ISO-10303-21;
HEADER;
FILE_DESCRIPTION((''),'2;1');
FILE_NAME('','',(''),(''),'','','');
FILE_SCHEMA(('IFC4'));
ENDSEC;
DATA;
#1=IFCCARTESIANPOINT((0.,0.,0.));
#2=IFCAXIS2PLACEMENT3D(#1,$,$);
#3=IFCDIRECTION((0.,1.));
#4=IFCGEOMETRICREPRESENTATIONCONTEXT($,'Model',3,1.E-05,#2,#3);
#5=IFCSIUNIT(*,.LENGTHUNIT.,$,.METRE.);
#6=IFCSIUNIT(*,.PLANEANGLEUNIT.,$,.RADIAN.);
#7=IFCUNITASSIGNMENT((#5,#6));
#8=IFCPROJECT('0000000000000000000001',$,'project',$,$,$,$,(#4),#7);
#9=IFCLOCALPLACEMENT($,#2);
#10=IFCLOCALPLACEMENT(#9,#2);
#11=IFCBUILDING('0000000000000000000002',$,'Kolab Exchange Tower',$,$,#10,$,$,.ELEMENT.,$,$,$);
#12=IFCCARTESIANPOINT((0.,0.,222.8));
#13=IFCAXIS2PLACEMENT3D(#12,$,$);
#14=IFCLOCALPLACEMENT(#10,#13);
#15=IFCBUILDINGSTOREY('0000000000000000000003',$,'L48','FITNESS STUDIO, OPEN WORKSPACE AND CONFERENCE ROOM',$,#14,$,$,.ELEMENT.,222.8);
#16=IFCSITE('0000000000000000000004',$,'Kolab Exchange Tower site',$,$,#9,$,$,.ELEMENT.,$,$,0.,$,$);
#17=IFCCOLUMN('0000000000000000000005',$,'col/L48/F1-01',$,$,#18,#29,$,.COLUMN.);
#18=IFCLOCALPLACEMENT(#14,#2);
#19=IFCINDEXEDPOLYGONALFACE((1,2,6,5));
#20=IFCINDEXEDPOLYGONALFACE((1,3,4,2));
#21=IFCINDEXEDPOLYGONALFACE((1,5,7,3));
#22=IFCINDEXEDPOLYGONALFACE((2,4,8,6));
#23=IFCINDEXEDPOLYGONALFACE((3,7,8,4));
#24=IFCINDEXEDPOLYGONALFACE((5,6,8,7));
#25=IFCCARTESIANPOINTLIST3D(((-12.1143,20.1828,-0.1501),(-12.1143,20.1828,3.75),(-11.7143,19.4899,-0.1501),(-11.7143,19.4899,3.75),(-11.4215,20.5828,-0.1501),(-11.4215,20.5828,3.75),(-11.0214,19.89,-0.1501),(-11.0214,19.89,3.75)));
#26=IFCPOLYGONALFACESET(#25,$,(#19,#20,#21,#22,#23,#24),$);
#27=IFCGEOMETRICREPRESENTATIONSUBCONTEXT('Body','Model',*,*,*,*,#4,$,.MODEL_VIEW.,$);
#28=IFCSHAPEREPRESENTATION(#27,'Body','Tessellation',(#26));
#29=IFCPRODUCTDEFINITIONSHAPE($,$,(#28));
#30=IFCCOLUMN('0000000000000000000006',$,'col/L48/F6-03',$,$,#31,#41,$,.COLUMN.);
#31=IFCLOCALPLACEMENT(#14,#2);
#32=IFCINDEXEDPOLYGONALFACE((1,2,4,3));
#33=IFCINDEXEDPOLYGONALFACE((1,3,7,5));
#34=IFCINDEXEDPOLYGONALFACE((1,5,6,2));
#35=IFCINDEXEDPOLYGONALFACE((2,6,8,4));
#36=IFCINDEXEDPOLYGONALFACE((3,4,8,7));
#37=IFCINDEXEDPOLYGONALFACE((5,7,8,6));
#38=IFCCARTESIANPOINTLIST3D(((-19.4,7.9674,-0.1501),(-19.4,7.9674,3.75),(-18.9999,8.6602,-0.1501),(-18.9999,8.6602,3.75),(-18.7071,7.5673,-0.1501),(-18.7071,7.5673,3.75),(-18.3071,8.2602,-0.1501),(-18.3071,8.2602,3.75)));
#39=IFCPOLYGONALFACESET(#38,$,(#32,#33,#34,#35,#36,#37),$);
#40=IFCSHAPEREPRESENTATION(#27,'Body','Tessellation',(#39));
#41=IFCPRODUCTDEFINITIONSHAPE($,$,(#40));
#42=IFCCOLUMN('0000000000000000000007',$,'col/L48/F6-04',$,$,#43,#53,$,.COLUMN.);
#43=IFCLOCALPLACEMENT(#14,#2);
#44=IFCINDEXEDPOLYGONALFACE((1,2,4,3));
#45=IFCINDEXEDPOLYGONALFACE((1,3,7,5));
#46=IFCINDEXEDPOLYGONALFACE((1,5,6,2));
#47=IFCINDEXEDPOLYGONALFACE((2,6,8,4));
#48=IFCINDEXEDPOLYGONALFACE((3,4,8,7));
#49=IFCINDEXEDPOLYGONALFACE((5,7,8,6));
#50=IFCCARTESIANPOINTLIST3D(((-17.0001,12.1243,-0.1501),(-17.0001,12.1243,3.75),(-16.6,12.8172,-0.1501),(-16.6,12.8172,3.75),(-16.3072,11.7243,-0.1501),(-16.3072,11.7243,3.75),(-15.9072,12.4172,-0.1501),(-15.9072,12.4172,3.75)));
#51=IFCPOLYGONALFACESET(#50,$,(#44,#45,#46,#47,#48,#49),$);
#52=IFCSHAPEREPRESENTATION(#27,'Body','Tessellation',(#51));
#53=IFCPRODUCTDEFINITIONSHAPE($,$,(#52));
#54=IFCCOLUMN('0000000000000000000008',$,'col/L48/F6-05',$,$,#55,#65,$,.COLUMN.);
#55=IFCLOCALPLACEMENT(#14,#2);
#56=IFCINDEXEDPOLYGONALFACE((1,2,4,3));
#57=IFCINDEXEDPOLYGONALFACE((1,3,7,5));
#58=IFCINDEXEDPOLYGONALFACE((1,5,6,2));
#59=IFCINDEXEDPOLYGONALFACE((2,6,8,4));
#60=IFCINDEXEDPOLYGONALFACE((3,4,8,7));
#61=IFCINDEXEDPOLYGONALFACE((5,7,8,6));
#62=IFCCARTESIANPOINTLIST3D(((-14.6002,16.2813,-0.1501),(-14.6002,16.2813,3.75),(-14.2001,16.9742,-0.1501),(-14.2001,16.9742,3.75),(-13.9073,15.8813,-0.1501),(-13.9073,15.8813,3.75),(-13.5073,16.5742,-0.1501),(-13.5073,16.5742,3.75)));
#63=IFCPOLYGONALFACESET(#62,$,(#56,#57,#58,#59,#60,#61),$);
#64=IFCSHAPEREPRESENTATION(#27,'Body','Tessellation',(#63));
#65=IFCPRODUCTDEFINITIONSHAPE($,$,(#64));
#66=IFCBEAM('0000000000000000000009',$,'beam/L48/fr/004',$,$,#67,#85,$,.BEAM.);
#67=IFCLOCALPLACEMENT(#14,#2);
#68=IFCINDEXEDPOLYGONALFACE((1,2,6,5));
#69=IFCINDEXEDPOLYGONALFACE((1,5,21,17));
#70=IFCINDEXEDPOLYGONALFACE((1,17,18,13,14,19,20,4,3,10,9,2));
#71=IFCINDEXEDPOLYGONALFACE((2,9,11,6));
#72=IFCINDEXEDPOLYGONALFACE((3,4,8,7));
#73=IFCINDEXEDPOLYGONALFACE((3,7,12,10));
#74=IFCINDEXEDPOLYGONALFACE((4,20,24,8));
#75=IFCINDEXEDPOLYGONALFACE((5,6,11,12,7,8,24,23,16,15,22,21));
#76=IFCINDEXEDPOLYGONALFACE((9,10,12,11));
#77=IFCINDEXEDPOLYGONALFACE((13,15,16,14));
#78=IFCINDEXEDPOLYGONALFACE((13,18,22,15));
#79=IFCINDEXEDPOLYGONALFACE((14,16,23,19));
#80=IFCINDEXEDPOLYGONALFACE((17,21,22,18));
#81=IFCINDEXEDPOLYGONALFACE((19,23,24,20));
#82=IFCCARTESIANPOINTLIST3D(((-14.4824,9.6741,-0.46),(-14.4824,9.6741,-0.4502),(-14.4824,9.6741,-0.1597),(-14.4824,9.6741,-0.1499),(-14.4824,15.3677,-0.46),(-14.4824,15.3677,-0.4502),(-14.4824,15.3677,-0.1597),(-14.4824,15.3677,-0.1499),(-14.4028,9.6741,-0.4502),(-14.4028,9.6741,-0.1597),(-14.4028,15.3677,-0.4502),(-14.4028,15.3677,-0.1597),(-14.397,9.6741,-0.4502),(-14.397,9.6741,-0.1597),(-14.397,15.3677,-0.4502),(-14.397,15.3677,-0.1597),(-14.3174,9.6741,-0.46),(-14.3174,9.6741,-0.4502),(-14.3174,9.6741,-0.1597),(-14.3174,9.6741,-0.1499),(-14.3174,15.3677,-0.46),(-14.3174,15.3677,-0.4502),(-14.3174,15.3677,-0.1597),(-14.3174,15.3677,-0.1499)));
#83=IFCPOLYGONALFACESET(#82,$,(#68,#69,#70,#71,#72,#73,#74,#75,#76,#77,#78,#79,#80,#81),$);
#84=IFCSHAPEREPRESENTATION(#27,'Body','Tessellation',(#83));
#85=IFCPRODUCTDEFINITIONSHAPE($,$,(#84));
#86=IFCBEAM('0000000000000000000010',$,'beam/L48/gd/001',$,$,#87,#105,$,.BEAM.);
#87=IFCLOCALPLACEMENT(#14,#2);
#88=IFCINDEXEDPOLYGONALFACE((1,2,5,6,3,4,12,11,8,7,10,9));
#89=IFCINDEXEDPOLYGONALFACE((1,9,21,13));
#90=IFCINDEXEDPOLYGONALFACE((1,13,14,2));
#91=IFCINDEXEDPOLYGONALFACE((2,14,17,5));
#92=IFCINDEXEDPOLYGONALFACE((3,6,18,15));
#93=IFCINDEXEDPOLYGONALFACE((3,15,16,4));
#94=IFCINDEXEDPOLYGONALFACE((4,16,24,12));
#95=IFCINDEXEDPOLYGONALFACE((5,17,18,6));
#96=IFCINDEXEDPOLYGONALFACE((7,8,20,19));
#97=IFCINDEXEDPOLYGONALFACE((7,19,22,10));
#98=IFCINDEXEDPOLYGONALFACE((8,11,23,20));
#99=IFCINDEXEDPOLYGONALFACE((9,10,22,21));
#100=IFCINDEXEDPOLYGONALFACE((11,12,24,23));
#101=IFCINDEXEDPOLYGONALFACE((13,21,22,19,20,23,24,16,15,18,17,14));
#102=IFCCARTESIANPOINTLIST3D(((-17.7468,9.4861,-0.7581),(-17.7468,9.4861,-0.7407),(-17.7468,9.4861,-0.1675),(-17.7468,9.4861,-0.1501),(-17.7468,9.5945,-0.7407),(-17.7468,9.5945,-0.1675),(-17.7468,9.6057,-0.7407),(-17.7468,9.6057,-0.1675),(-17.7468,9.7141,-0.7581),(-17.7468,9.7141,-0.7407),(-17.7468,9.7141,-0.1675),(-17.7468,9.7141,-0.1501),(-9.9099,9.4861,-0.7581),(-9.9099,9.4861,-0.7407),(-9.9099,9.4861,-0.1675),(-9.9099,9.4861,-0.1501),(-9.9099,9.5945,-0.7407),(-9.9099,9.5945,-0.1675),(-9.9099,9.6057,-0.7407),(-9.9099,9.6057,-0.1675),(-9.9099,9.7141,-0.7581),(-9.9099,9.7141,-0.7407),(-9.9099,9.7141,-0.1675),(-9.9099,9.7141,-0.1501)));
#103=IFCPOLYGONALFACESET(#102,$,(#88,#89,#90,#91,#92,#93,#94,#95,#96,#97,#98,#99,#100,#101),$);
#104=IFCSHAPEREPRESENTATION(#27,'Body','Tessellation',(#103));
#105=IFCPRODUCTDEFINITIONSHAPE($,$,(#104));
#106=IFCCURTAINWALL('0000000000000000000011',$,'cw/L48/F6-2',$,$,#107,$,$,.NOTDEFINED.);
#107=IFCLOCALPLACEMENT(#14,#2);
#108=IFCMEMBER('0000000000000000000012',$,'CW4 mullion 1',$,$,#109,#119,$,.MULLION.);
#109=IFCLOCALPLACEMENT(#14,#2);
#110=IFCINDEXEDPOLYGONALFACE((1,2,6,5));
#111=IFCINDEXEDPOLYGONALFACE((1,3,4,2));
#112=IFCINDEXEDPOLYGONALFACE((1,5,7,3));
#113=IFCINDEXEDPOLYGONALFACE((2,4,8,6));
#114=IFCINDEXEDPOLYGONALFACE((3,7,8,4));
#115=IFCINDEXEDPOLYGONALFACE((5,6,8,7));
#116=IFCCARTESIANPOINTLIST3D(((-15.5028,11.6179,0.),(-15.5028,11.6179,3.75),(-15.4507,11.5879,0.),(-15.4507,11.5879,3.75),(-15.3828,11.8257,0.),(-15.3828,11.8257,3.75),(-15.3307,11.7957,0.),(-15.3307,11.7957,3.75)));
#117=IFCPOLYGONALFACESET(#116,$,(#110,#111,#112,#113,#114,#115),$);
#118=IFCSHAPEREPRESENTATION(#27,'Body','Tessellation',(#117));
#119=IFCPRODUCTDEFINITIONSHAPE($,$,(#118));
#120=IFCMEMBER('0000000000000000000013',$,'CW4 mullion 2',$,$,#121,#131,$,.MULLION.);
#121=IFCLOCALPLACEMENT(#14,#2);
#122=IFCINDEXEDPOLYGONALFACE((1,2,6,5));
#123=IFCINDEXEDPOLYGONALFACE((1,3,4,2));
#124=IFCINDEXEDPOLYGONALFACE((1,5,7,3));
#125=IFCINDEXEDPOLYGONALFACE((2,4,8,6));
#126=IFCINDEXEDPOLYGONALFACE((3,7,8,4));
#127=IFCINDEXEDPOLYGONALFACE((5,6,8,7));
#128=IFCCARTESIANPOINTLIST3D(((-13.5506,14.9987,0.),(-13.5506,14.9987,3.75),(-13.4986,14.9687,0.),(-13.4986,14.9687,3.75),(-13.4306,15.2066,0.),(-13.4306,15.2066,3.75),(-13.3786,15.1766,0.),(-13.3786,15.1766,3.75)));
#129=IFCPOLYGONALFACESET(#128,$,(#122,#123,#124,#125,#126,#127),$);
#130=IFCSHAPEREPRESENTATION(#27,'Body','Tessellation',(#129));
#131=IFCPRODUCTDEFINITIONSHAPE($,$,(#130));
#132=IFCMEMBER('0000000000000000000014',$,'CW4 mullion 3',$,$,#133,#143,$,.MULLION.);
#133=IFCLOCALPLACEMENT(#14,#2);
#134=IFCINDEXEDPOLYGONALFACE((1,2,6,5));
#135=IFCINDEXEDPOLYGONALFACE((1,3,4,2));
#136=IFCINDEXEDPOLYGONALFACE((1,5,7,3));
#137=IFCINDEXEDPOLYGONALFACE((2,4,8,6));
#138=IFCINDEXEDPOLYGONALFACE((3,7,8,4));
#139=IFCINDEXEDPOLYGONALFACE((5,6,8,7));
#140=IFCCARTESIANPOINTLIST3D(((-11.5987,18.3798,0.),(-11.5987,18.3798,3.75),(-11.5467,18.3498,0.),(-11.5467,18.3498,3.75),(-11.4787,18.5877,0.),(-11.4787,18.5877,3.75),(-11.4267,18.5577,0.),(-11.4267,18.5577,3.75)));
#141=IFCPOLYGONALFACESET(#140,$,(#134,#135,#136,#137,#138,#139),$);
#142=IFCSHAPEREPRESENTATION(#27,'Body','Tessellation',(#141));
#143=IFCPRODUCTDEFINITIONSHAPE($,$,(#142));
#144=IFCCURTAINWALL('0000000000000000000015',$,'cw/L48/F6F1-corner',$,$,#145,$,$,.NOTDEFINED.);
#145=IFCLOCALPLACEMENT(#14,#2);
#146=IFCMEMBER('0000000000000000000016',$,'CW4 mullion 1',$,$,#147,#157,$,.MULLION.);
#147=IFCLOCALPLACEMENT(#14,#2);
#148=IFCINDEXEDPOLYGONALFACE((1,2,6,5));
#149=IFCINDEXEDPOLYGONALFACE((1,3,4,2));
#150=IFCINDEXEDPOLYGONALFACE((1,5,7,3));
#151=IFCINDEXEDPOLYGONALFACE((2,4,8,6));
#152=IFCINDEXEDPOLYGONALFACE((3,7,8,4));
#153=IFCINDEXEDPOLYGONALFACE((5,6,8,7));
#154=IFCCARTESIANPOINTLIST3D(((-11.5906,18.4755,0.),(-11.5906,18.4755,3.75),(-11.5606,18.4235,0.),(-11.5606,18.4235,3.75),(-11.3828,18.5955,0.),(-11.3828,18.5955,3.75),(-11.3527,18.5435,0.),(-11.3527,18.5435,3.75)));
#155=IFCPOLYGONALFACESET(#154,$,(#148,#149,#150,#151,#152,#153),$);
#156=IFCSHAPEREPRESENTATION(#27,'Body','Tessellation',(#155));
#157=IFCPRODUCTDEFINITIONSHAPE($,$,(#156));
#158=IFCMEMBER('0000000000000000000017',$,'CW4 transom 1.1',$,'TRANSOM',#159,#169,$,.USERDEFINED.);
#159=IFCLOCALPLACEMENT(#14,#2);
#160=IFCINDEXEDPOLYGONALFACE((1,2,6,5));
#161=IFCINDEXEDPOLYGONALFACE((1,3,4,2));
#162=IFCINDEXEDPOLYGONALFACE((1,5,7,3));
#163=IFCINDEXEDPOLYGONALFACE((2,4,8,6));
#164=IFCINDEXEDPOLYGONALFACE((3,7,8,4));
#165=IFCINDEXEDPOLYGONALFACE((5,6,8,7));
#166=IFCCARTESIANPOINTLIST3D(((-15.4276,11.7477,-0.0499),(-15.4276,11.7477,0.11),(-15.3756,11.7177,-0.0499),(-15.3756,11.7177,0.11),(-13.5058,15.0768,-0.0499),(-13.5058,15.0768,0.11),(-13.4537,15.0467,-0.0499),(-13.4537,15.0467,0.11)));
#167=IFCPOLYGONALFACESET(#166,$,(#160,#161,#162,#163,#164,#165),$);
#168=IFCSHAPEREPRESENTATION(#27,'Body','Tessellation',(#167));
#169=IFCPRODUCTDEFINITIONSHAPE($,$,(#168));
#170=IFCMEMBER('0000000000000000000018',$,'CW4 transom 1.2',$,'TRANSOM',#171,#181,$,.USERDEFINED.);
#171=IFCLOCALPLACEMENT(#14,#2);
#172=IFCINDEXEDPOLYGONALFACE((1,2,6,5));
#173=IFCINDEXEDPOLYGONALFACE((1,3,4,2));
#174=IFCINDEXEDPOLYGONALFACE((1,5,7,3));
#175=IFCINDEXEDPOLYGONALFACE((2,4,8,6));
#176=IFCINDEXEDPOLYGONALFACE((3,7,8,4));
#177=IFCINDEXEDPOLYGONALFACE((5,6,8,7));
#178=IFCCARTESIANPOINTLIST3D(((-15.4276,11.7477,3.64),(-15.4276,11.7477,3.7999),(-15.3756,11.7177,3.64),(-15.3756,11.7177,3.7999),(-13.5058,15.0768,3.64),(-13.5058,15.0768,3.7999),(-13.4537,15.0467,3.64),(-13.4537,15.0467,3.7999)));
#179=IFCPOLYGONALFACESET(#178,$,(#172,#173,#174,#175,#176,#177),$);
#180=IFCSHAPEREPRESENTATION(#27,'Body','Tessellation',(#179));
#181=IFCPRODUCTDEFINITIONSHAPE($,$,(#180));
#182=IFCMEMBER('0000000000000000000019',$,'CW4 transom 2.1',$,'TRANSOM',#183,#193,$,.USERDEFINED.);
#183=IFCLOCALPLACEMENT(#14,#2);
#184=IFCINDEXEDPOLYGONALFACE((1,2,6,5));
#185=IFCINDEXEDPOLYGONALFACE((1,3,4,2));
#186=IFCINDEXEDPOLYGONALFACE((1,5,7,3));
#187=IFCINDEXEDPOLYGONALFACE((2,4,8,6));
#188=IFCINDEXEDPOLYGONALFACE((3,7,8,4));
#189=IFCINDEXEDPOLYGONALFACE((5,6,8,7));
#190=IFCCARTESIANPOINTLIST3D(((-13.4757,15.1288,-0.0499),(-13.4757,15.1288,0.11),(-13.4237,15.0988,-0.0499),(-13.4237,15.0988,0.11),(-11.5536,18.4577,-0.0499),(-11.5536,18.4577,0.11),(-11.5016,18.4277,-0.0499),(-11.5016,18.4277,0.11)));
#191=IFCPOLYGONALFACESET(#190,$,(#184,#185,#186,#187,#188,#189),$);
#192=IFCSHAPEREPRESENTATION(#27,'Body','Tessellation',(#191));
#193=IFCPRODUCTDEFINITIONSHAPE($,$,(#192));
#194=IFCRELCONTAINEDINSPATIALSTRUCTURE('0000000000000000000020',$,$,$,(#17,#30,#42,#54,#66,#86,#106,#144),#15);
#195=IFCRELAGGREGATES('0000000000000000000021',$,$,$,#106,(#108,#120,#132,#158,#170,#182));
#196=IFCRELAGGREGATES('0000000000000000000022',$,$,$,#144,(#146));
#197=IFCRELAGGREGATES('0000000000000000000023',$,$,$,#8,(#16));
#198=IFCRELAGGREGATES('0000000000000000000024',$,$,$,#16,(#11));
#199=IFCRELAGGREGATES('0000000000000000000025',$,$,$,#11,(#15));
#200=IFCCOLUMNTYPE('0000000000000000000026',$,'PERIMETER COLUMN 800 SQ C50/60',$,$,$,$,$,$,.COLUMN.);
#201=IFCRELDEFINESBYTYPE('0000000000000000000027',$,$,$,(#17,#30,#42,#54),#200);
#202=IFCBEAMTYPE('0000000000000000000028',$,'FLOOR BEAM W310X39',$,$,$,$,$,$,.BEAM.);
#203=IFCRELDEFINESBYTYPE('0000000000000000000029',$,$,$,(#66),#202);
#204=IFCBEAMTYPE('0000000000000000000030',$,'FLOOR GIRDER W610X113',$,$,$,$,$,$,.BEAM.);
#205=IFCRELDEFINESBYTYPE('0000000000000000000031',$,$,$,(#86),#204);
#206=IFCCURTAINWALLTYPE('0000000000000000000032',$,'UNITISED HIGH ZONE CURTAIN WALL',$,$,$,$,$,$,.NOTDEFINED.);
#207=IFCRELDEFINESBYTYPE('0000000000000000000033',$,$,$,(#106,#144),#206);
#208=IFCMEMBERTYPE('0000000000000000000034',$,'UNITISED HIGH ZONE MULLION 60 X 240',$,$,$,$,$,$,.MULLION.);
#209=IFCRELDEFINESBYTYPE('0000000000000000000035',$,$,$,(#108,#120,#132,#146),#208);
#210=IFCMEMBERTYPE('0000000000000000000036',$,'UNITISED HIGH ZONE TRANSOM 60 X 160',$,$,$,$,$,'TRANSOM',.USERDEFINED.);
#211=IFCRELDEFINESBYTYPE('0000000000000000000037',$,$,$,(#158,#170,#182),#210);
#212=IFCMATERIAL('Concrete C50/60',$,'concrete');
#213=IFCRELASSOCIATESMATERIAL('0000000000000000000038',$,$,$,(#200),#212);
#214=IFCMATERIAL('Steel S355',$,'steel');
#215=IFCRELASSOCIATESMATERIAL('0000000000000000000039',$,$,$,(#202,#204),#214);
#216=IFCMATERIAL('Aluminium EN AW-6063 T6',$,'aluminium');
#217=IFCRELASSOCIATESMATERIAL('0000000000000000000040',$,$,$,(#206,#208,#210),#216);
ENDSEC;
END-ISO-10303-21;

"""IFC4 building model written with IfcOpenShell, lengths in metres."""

from ifc_helpers import new_model, si_unit, direction, frame, origin, origin_2d, place, context, subcontext, project, spatial, rectangle, i_section, extrude, material, material_profile, profile_set, type_object, element, aggregate, save


model = new_model("IFC4")

# Units and contexts
model_context = context("Model", 3, precision=1e-05, world=origin(), true_north=direction((0.0, 1.0)))
body_context = subcontext(model_context, "Body", "Model", "MODEL_VIEW")
ifc_project = project(units=[si_unit("LENGTHUNIT", "METRE"), si_unit("PLANEANGLEUNIT", "RADIAN")], contexts=[model_context])

# Site, building, storey
site_placement = place(None, origin())
site = spatial("IfcSite", under=ifc_project, at=site_placement, Name="Kolab Exchange Tower site", CompositionType="ELEMENT", RefElevation=0.0)
building_placement = place(site_placement, origin())
building = spatial("IfcBuilding", under=site, at=building_placement, Name="Kolab Exchange Tower", CompositionType="ELEMENT")
storey_placement = place(building_placement, frame((0.0, 0.0, 222.8)))
storey = spatial("IfcBuildingStorey", under=building, at=storey_placement, Name="L48", Description="FITNESS STUDIO, OPEN WORKSPACE AND CONFERENCE ROOM", CompositionType="ELEMENT", Elevation=222.8)

# Columns
ifc_material_1 = material(Name="Concrete C50/60", Category="concrete")
ifc_material_profile_1 = material_profile(ifc_material_1, rectangle(XDim=0.8, YDim=0.8, at=origin_2d()), Name="RC800")
ifc_profile_set_1 = profile_set([ifc_material_profile_1], Name="Concrete C50/60")
column_type = type_object("IfcColumnType", Name="PERIMETER COLUMN 800 SQ C50/60", PredefinedType="COLUMN", material=ifc_profile_set_1)
for number, where, z_axis, x_axis, name in (
    (1, (-11.5679, 20.0364, -0.1501), (0.0, 0.0, 1.0), (0.866025, 0.5, 0.0), "col/L48/F1-01"),
    (2, (-18.8535, 8.1138, -0.1501), (0.0, 0.0, 1.0), (0.5, 0.866025, 0.0), "col/L48/F6-03"),
    (3, (-16.4536, 12.2708, -0.1501), (0.0, 0.0, 1.0), (0.5, 0.866025, 0.0), "col/L48/F6-04"),
    (4, (-14.0537, 16.4277, -0.1501), (0.0, 0.0, 1.0), (0.5, 0.866025, 0.0), "col/L48/F6-05"),
):
    element("IfcColumn", number, at=place(storey_placement, frame(where, z_axis=z_axis, x_axis=x_axis)), inside=storey, type_object=column_type, Name=name, PredefinedType="COLUMN", context=body_context, shape_type="SweptSolid", body=[
        extrude(rectangle(XDim=0.8, YDim=0.8, at=origin_2d()), origin(), (0.0, 0.0, 1.0), 3.9001),
    ])

# Beams
ifc_material_2 = material(Name="Steel S355", Category="steel")
ifc_material_profile_2 = material_profile(ifc_material_2, i_section(OverallWidth=0.165, OverallDepth=0.3101, WebThickness=0.0059, FlangeThickness=0.0098, at=origin_2d()), Name="W310X39")
ifc_profile_set_2 = profile_set([ifc_material_profile_2], Name="Steel S355")
beam_type_1 = type_object("IfcBeamType", Name="FLOOR BEAM W310X39", PredefinedType="BEAM", material=ifc_profile_set_2)
beam_1_placement = place(storey_placement, frame((-14.3999, 9.6741, -0.3049), z_axis=(0.0, 1.0, 0.0), x_axis=(-1.0, 0.0, 0.0)))
element("IfcBeam", 5, at=beam_1_placement, inside=storey, type_object=beam_type_1, Name="beam/L48/fr/004", PredefinedType="BEAM", context=body_context, shape_type="SweptSolid", body=[
    extrude(i_section(OverallWidth=0.165, OverallDepth=0.3101, WebThickness=0.0059, FlangeThickness=0.0098, at=origin_2d()), origin(), (0.0, 0.0, 1.0), 5.6936),
])
ifc_material_profile_3 = material_profile(ifc_material_2, i_section(OverallWidth=0.228, OverallDepth=0.6079, WebThickness=0.0112, FlangeThickness=0.0173, at=origin_2d()), Name="W610X113")
ifc_profile_set_3 = profile_set([ifc_material_profile_3], Name="Steel S355")
beam_type_2 = type_object("IfcBeamType", Name="FLOOR GIRDER W610X113", PredefinedType="BEAM", material=ifc_profile_set_3)
beam_2_placement = place(storey_placement, frame((-17.7468, 9.6001, -0.4541), z_axis=(1.0, 0.0, 0.0), x_axis=(0.0, 1.0, 0.0)))
element("IfcBeam", 6, at=beam_2_placement, inside=storey, type_object=beam_type_2, Name="beam/L48/gd/001", PredefinedType="BEAM", context=body_context, shape_type="SweptSolid", body=[
    extrude(i_section(OverallWidth=0.228, OverallDepth=0.6079, WebThickness=0.0112, FlangeThickness=0.0173, at=origin_2d()), origin(), (0.0, 0.0, 1.0), 7.8369),
])

# Curtain wall, members
ifc_material_3 = material(Name="Aluminium EN AW-6063 T6", Category="aluminium")
curtain_wall_type = type_object("IfcCurtainWallType", Name="UNITISED HIGH ZONE CURTAIN WALL", PredefinedType="NOTDEFINED", material=ifc_material_3)
curtain_wall_1_placement = place(storey_placement, origin())
curtain_wall_1 = element("IfcCurtainWall", 7, at=curtain_wall_1_placement, inside=storey, type_object=curtain_wall_type, Name="cw/L48/F6-2", PredefinedType="NOTDEFINED")
ifc_material_profile_4 = material_profile(ifc_material_3, rectangle(XDim=0.0601, YDim=0.24, at=origin_2d()), Name="RECT 60X240")
ifc_profile_set_4 = profile_set([ifc_material_profile_4], Name="Aluminium EN AW-6063 T6")
member_type_1 = type_object("IfcMemberType", Name="UNITISED HIGH ZONE MULLION 60 X 240", PredefinedType="MULLION", material=ifc_profile_set_4)
member_1_placement = place(storey_placement, frame((-15.4167, 11.7068, 0.0), z_axis=(0.0, 0.0, 1.0), x_axis=(-0.866025, 0.5, 0.0)))
member_1 = element("IfcMember", 8, at=member_1_placement, type_object=member_type_1, Name="CW4 mullion 1", PredefinedType="MULLION", context=body_context, shape_type="SweptSolid", body=[
    extrude(rectangle(XDim=0.0601, YDim=0.24, at=origin_2d()), origin(), (0.0, 0.0, 1.0), 3.75),
])
member_2_placement = place(storey_placement, frame((-13.4646, 15.0876, 0.0), z_axis=(0.0, 0.0, 1.0), x_axis=(-0.866025, 0.5, 0.0)))
member_2 = element("IfcMember", 9, at=member_2_placement, type_object=member_type_1, Name="CW4 mullion 2", PredefinedType="MULLION", context=body_context, shape_type="SweptSolid", body=[
    extrude(rectangle(XDim=0.0601, YDim=0.24, at=origin_2d()), origin(), (0.0, 0.0, 1.0), 3.75),
])
member_3_placement = place(storey_placement, frame((-11.5127, 18.4688, 0.0), z_axis=(0.0, 0.0, 1.0), x_axis=(-0.866025, 0.5, 0.0)))
member_3 = element("IfcMember", 10, at=member_3_placement, type_object=member_type_1, Name="CW4 mullion 3", PredefinedType="MULLION", context=body_context, shape_type="SweptSolid", body=[
    extrude(rectangle(XDim=0.0601, YDim=0.24, at=origin_2d()), origin(), (0.0, 0.0, 1.0), 3.75),
])

# Curtain wall, member
curtain_wall_2_placement = place(storey_placement, origin())
curtain_wall_2 = element("IfcCurtainWall", 11, at=curtain_wall_2_placement, inside=storey, type_object=curtain_wall_type, Name="cw/L48/F6F1-corner", PredefinedType="NOTDEFINED")
member_4_placement = place(storey_placement, frame((-11.4717, 18.5095, 0.0), z_axis=(0.0, 0.0, 1.0), x_axis=(-0.5, 0.866025, 0.0)))
member_4 = element("IfcMember", 12, at=member_4_placement, type_object=member_type_1, Name="CW4 mullion 1", PredefinedType="MULLION", context=body_context, shape_type="SweptSolid", body=[
    extrude(rectangle(XDim=0.0601, YDim=0.24, at=origin_2d()), origin(), (0.0, 0.0, 1.0), 3.75),
])

# Members
ifc_material_profile_5 = material_profile(ifc_material_3, rectangle(XDim=0.0601, YDim=0.1599, at=origin_2d()), Name="RECT 60X160")
ifc_profile_set_5 = profile_set([ifc_material_profile_5], Name="Aluminium EN AW-6063 T6")
member_type_2 = type_object("IfcMemberType", Name="UNITISED HIGH ZONE TRANSOM 60 X 160", ElementType="TRANSOM", PredefinedType="USERDEFINED", material=ifc_profile_set_5)
member_5_placement = place(storey_placement, frame((-15.4016, 11.7327, 0.03), z_axis=(0.499964, 0.866046, 0.0), x_axis=(-0.866046, 0.499964, 0.0)))
member_5 = element("IfcMember", 13, at=member_5_placement, type_object=member_type_2, Name="CW4 transom 1.1", ObjectType="TRANSOM", PredefinedType="USERDEFINED", context=body_context, shape_type="SweptSolid", body=[
    extrude(rectangle(XDim=0.0601, YDim=0.1599, at=origin_2d()), origin(), (0.0, 0.0, 1.0), 3.844),
])
member_6_placement = place(storey_placement, frame((-15.4016, 11.7327, 3.72), z_axis=(0.499964, 0.866046, 0.0), x_axis=(-0.866046, 0.499964, 0.0)))
member_6 = element("IfcMember", 14, at=member_6_placement, type_object=member_type_2, Name="CW4 transom 1.2", ObjectType="TRANSOM", PredefinedType="USERDEFINED", context=body_context, shape_type="SweptSolid", body=[
    extrude(rectangle(XDim=0.0601, YDim=0.1599, at=origin_2d()), origin(), (0.0, 0.0, 1.0), 3.844),
])
member_7_placement = place(storey_placement, frame((-13.4497, 15.1138, 0.03), z_axis=(0.500039, 0.866003, 0.0), x_axis=(-0.866003, 0.500039, 0.0)))
member_7 = element("IfcMember", 15, at=member_7_placement, type_object=member_type_2, Name="CW4 transom 2.1", ObjectType="TRANSOM", PredefinedType="USERDEFINED", context=body_context, shape_type="SweptSolid", body=[
    extrude(rectangle(XDim=0.0601, YDim=0.1599, at=origin_2d()), origin(), (0.0, 0.0, 1.0), 3.844),
])

aggregate(curtain_wall_1, [member_1, member_2, member_3, member_5, member_6, member_7])
aggregate(curtain_wall_2, [member_4])

save(model, "model.ifc")
